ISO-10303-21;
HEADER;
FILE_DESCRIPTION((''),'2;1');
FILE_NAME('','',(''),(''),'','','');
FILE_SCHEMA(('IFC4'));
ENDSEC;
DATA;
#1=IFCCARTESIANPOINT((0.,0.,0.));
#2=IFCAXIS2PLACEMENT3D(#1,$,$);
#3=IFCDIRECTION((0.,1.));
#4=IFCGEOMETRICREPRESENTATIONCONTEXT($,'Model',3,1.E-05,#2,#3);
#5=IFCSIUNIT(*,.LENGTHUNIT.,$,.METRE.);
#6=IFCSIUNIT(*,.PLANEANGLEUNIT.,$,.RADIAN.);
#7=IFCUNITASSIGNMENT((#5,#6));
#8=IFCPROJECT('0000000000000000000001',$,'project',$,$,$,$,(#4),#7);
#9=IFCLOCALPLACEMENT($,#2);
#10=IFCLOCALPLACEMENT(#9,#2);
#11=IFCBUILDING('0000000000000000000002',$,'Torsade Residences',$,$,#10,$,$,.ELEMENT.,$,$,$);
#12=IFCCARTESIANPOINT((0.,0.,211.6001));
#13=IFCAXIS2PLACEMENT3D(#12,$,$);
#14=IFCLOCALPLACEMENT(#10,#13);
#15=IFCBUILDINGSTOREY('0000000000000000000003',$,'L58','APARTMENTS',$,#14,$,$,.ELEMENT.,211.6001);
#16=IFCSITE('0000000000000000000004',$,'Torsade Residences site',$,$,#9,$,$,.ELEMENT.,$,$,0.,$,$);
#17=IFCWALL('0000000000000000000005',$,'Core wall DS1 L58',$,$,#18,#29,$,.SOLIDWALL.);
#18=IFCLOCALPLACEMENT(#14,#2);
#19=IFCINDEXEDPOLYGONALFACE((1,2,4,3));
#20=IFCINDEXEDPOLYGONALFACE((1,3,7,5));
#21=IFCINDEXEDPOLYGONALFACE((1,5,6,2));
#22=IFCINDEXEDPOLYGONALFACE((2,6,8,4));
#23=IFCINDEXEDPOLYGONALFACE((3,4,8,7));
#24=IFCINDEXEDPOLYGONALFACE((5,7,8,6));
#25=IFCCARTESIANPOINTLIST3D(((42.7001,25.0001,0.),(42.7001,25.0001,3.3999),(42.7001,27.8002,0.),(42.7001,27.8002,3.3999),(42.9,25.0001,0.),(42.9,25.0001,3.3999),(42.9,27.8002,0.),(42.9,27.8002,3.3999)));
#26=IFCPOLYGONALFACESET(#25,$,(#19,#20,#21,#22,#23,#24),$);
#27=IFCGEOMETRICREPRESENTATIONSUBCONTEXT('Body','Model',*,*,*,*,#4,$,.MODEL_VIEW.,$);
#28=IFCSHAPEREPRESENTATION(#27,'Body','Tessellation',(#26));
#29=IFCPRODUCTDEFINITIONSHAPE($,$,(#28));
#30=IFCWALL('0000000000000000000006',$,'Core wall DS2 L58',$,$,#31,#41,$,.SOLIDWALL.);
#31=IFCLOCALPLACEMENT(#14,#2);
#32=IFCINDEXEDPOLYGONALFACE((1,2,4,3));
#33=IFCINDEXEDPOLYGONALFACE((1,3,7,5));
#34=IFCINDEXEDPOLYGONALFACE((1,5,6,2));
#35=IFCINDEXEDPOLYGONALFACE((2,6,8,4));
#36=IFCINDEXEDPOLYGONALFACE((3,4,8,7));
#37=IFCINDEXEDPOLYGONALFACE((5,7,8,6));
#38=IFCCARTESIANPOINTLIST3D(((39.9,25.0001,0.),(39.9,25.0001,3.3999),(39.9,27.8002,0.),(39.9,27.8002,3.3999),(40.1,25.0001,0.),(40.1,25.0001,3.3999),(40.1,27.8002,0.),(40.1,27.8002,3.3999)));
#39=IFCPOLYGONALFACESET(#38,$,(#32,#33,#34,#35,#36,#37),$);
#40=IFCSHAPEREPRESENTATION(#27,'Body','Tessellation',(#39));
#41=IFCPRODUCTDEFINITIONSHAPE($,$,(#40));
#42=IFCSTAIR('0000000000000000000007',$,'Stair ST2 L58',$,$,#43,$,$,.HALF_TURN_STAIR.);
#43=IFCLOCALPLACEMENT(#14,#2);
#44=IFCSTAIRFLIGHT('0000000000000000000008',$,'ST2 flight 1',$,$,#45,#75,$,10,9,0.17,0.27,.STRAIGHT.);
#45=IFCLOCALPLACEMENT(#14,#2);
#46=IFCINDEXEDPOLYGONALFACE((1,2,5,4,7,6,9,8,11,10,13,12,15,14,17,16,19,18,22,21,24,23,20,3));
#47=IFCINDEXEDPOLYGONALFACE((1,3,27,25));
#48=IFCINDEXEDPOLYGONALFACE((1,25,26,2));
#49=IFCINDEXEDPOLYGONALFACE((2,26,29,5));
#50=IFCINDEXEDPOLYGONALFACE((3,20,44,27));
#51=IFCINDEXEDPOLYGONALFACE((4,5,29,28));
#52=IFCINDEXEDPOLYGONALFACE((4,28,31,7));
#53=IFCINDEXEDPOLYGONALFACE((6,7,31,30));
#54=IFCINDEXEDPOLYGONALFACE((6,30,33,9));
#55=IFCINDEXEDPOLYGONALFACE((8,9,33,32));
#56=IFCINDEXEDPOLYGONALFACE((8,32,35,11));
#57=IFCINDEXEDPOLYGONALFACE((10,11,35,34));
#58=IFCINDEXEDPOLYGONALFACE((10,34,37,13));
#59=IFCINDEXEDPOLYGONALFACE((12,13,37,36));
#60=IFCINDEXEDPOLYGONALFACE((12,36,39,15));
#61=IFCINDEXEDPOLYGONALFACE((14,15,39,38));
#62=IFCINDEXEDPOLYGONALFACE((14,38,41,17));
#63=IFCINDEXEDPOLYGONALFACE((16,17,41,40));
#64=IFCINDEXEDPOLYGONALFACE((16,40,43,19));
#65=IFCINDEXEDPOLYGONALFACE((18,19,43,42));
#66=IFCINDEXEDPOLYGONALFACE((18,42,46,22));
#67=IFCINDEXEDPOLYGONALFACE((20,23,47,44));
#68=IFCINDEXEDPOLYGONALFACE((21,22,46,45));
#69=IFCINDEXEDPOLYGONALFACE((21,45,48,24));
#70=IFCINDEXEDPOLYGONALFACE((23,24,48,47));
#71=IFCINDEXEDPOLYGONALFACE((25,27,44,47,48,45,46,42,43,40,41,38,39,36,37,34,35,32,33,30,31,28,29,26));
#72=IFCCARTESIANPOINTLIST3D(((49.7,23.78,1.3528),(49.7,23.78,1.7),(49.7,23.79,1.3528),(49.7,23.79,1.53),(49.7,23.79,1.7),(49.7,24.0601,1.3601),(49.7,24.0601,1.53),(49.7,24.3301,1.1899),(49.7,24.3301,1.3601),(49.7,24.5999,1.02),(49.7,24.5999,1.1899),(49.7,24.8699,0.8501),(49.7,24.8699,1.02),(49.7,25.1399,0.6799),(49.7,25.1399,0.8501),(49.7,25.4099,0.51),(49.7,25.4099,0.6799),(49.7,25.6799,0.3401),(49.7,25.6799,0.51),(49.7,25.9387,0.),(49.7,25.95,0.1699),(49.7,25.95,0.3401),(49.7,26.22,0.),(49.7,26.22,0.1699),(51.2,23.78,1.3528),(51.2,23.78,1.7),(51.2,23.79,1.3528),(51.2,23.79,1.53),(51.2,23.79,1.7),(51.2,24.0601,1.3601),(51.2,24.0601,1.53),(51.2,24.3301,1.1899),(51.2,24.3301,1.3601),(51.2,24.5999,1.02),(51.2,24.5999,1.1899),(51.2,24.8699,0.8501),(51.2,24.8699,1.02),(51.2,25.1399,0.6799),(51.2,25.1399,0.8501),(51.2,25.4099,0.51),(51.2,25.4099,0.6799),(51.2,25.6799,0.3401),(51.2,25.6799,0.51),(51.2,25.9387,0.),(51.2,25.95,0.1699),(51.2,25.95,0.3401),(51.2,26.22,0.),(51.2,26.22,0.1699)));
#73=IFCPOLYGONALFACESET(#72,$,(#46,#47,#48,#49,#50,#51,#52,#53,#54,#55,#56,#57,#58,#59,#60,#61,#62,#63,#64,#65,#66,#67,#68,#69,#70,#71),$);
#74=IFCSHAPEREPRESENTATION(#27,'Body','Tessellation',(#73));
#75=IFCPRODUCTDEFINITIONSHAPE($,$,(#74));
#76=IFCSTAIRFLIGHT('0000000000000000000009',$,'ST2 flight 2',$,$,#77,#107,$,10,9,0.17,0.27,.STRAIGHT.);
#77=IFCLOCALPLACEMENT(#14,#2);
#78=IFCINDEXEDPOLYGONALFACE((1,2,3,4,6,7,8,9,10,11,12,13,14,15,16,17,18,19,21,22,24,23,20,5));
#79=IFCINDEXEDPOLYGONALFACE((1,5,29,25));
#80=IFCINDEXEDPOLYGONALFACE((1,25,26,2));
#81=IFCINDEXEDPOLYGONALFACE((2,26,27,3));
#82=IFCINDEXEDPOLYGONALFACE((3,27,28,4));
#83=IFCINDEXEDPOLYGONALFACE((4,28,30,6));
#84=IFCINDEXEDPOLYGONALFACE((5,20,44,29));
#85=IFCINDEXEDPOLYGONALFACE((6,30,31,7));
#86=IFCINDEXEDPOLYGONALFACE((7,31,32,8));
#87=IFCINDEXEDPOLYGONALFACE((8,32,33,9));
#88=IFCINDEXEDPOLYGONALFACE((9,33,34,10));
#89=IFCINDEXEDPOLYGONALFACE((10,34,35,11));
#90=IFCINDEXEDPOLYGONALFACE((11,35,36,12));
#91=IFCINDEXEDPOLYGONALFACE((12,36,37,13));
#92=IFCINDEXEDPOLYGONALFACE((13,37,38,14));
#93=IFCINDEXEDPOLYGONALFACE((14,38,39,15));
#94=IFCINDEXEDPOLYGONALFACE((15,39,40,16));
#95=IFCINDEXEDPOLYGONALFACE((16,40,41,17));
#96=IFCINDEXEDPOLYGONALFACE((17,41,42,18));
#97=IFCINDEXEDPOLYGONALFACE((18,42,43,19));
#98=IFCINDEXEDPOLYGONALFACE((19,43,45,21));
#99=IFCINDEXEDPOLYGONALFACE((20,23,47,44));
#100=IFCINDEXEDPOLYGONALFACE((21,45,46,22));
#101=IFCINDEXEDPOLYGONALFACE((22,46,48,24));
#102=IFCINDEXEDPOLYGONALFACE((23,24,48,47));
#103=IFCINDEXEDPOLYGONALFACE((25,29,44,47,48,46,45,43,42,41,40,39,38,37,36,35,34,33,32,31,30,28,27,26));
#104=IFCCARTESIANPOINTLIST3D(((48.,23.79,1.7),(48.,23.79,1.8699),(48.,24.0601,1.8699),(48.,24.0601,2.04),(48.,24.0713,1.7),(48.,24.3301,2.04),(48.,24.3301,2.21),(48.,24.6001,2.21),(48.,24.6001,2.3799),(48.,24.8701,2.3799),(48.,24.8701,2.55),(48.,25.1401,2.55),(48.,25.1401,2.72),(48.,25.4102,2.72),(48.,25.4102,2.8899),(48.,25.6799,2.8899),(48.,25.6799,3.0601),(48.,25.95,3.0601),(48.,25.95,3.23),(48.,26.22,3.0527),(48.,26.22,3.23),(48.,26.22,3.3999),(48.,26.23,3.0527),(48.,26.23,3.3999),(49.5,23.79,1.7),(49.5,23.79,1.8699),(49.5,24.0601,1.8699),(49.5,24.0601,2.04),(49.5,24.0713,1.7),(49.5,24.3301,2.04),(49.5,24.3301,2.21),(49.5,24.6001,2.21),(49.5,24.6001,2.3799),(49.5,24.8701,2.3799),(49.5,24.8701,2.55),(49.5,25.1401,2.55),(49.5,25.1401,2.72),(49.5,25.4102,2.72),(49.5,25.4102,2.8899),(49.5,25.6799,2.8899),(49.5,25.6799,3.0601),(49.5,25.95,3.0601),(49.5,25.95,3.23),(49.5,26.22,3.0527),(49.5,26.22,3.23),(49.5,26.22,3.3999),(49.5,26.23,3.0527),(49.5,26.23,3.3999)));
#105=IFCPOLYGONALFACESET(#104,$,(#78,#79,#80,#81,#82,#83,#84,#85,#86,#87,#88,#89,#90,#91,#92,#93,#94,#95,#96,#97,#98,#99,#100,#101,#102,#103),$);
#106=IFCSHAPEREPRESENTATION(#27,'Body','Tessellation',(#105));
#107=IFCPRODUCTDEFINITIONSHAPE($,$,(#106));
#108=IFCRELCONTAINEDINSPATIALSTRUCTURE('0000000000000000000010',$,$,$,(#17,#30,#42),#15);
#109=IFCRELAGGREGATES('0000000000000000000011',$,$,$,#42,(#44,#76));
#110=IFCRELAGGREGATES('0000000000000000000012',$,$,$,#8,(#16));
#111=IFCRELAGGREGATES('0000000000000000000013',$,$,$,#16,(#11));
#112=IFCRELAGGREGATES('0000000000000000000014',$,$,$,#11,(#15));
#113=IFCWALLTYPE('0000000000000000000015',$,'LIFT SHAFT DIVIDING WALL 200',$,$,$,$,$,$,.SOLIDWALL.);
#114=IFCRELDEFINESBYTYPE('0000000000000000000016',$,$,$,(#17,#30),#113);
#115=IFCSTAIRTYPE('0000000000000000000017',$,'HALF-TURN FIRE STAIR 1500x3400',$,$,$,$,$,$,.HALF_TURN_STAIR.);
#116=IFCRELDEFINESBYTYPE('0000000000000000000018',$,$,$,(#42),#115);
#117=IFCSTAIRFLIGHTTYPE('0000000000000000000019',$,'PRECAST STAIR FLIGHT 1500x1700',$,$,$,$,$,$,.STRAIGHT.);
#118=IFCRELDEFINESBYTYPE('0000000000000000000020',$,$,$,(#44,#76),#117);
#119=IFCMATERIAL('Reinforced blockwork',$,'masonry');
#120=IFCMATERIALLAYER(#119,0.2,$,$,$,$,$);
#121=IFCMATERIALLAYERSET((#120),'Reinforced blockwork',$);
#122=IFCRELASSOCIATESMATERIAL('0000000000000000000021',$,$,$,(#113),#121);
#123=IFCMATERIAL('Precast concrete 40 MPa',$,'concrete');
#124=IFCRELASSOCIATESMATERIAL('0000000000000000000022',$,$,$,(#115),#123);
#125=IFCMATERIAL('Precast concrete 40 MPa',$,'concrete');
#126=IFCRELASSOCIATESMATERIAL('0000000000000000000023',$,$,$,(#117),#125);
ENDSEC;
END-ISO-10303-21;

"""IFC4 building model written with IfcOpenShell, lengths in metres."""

from ifc_helpers import new_model, si_unit, direction, frame, frame_2d, origin, place, context, subcontext, project, spatial, polyline, rectangle, outline, extrude, material, layer, layer_set, type_object, element, aggregate, save


model = new_model("IFC4")

# Units and contexts
model_context = context("Model", 3, precision=1e-05, world=origin(), true_north=direction((0.0, 1.0)))
body_context = subcontext(model_context, "Body", "Model", "MODEL_VIEW")
ifc_project = project(units=[si_unit("LENGTHUNIT", "METRE"), si_unit("PLANEANGLEUNIT", "RADIAN")], contexts=[model_context])

# Site, building, storey
site_placement = place(None, origin())
site = spatial("IfcSite", under=ifc_project, at=site_placement, Name="Torsade Residences site", CompositionType="ELEMENT", RefElevation=0.0)
building_placement = place(site_placement, origin())
building = spatial("IfcBuilding", under=site, at=building_placement, Name="Torsade Residences", CompositionType="ELEMENT")
storey_placement = place(building_placement, frame((0.0, 0.0, 211.6001)))
storey = spatial("IfcBuildingStorey", under=building, at=storey_placement, Name="L58", Description="APARTMENTS", CompositionType="ELEMENT", Elevation=211.6001)

# Walls
ifc_material_1 = material(Name="Reinforced blockwork", Category="masonry")
ifc_layer_1 = layer(ifc_material_1, 0.2)
ifc_layer_set_1 = layer_set([ifc_layer_1], Name="Reinforced blockwork")
wall_type_1 = type_object("IfcWallType", Name="LIFT SHAFT DIVIDING WALL 200", PredefinedType="SOLIDWALL", material=ifc_layer_set_1)
for number, where, z_axis, x_axis, name in (
    (1, (42.8, 27.8, 0.0), (0.0, 0.0, 1.0), (0.0, -1.0, 0.0), "Core wall DS1 L58"),
    (2, (40.0, 27.8, 0.0), (0.0, 0.0, 1.0), (0.0, -1.0, 0.0), "Core wall DS2 L58"),
):
    element("IfcWall", number, at=place(storey_placement, frame(where, z_axis=z_axis, x_axis=x_axis)), inside=storey, type_object=wall_type_1, Name=name, PredefinedType="SOLIDWALL", context=body_context, shape_type="SweptSolid", body=[
        extrude(rectangle(XDim=2.8, YDim=0.2, at=frame_2d((1.3999, 0.0))), origin(), (0.0, 0.0, 1.0), 3.3999),
    ])

# Stair, stair flights
ifc_material_2 = material(Name="Precast concrete 40 MPa", Category="concrete")
stair_type = type_object("IfcStairType", Name="HALF-TURN FIRE STAIR 1500x3400", PredefinedType="HALF_TURN_STAIR", material=ifc_material_2)
stair_placement = place(storey_placement, origin())
stair = element("IfcStair", 3, at=stair_placement, inside=storey, type_object=stair_type, Name="Stair ST2 L58", PredefinedType="HALF_TURN_STAIR")
ifc_material_3 = material(Name="Precast concrete 40 MPa", Category="concrete")
stair_flight_type = type_object("IfcStairFlightType", Name="PRECAST STAIR FLIGHT 1500x1700", PredefinedType="STRAIGHT", material=ifc_material_3)
stair_flight_1_placement = place(storey_placement, frame((50.45, 26.22, 0.0), z_axis=(0.0, 0.0, 1.0), x_axis=(0.0, -1.0, 0.0)))
stair_flight_1 = element("IfcStairFlight", 4, at=stair_flight_1_placement, type_object=stair_flight_type, Name="ST2 flight 1", NumberOfRisers=10, NumberOfTreads=9, PredefinedType="STRAIGHT", RiserHeight=0.17, TreadLength=0.27, context=body_context, shape_type="SweptSolid", body=[
    extrude(outline(polyline([(0.0, 0.0), (0.0, 0.1699), (0.27, 0.1699), (0.27, 0.3401), (0.54, 0.3401), (0.54, 0.51), (0.8101, 0.51), (0.8101, 0.6799), (1.0801, 0.6799), (1.0801, 0.8501), (1.3501, 0.8501), (1.3501, 1.02), (1.6201, 1.02), (1.6201, 1.1899), (1.8899, 1.1899), (1.8899, 1.3601), (2.1599, 1.3601), (2.1599, 1.53), (2.4299, 1.53), (2.4299, 1.7), (2.4399, 1.7), (2.4399, 1.3528), (2.4299, 1.3528), (0.2812, 0.0), (0.0, 0.0)])), frame((0.0, 0.75, 0.0), z_axis=(0.0, -1.0, 0.0), x_axis=(1.0, 0.0, 0.0)), (0.0, 0.0, 1.0), 1.5),
])
stair_flight_2_placement = place(storey_placement, frame((48.75, 23.79, 1.7), z_axis=(0.0, 0.0, 1.0), x_axis=(0.0, 1.0, 0.0)))
stair_flight_2 = element("IfcStairFlight", 5, at=stair_flight_2_placement, type_object=stair_flight_type, Name="ST2 flight 2", NumberOfRisers=10, NumberOfTreads=9, PredefinedType="STRAIGHT", RiserHeight=0.17, TreadLength=0.27, context=body_context, shape_type="SweptSolid", body=[
    extrude(outline(polyline([(0.0, 0.0), (0.0, 0.1699), (0.27, 0.1699), (0.27, 0.3401), (0.54, 0.3401), (0.54, 0.51), (0.8101, 0.51), (0.8101, 0.6799), (1.0801, 0.6799), (1.0801, 0.8501), (1.3501, 0.8501), (1.3501, 1.02), (1.6201, 1.02), (1.6201, 1.1899), (1.8899, 1.1899), (1.8899, 1.3601), (2.1599, 1.3601), (2.1599, 1.53), (2.4299, 1.53), (2.4299, 1.7), (2.4399, 1.7), (2.4399, 1.3528), (2.4299, 1.3528), (0.2812, 0.0), (0.0, 0.0)])), frame((0.0, 0.75, 0.0), z_axis=(0.0, -1.0, 0.0), x_axis=(1.0, 0.0, 0.0)), (0.0, 0.0, 1.0), 1.5),
])
aggregate(stair, [stair_flight_1, stair_flight_2])

save(model, "model.ifc")
